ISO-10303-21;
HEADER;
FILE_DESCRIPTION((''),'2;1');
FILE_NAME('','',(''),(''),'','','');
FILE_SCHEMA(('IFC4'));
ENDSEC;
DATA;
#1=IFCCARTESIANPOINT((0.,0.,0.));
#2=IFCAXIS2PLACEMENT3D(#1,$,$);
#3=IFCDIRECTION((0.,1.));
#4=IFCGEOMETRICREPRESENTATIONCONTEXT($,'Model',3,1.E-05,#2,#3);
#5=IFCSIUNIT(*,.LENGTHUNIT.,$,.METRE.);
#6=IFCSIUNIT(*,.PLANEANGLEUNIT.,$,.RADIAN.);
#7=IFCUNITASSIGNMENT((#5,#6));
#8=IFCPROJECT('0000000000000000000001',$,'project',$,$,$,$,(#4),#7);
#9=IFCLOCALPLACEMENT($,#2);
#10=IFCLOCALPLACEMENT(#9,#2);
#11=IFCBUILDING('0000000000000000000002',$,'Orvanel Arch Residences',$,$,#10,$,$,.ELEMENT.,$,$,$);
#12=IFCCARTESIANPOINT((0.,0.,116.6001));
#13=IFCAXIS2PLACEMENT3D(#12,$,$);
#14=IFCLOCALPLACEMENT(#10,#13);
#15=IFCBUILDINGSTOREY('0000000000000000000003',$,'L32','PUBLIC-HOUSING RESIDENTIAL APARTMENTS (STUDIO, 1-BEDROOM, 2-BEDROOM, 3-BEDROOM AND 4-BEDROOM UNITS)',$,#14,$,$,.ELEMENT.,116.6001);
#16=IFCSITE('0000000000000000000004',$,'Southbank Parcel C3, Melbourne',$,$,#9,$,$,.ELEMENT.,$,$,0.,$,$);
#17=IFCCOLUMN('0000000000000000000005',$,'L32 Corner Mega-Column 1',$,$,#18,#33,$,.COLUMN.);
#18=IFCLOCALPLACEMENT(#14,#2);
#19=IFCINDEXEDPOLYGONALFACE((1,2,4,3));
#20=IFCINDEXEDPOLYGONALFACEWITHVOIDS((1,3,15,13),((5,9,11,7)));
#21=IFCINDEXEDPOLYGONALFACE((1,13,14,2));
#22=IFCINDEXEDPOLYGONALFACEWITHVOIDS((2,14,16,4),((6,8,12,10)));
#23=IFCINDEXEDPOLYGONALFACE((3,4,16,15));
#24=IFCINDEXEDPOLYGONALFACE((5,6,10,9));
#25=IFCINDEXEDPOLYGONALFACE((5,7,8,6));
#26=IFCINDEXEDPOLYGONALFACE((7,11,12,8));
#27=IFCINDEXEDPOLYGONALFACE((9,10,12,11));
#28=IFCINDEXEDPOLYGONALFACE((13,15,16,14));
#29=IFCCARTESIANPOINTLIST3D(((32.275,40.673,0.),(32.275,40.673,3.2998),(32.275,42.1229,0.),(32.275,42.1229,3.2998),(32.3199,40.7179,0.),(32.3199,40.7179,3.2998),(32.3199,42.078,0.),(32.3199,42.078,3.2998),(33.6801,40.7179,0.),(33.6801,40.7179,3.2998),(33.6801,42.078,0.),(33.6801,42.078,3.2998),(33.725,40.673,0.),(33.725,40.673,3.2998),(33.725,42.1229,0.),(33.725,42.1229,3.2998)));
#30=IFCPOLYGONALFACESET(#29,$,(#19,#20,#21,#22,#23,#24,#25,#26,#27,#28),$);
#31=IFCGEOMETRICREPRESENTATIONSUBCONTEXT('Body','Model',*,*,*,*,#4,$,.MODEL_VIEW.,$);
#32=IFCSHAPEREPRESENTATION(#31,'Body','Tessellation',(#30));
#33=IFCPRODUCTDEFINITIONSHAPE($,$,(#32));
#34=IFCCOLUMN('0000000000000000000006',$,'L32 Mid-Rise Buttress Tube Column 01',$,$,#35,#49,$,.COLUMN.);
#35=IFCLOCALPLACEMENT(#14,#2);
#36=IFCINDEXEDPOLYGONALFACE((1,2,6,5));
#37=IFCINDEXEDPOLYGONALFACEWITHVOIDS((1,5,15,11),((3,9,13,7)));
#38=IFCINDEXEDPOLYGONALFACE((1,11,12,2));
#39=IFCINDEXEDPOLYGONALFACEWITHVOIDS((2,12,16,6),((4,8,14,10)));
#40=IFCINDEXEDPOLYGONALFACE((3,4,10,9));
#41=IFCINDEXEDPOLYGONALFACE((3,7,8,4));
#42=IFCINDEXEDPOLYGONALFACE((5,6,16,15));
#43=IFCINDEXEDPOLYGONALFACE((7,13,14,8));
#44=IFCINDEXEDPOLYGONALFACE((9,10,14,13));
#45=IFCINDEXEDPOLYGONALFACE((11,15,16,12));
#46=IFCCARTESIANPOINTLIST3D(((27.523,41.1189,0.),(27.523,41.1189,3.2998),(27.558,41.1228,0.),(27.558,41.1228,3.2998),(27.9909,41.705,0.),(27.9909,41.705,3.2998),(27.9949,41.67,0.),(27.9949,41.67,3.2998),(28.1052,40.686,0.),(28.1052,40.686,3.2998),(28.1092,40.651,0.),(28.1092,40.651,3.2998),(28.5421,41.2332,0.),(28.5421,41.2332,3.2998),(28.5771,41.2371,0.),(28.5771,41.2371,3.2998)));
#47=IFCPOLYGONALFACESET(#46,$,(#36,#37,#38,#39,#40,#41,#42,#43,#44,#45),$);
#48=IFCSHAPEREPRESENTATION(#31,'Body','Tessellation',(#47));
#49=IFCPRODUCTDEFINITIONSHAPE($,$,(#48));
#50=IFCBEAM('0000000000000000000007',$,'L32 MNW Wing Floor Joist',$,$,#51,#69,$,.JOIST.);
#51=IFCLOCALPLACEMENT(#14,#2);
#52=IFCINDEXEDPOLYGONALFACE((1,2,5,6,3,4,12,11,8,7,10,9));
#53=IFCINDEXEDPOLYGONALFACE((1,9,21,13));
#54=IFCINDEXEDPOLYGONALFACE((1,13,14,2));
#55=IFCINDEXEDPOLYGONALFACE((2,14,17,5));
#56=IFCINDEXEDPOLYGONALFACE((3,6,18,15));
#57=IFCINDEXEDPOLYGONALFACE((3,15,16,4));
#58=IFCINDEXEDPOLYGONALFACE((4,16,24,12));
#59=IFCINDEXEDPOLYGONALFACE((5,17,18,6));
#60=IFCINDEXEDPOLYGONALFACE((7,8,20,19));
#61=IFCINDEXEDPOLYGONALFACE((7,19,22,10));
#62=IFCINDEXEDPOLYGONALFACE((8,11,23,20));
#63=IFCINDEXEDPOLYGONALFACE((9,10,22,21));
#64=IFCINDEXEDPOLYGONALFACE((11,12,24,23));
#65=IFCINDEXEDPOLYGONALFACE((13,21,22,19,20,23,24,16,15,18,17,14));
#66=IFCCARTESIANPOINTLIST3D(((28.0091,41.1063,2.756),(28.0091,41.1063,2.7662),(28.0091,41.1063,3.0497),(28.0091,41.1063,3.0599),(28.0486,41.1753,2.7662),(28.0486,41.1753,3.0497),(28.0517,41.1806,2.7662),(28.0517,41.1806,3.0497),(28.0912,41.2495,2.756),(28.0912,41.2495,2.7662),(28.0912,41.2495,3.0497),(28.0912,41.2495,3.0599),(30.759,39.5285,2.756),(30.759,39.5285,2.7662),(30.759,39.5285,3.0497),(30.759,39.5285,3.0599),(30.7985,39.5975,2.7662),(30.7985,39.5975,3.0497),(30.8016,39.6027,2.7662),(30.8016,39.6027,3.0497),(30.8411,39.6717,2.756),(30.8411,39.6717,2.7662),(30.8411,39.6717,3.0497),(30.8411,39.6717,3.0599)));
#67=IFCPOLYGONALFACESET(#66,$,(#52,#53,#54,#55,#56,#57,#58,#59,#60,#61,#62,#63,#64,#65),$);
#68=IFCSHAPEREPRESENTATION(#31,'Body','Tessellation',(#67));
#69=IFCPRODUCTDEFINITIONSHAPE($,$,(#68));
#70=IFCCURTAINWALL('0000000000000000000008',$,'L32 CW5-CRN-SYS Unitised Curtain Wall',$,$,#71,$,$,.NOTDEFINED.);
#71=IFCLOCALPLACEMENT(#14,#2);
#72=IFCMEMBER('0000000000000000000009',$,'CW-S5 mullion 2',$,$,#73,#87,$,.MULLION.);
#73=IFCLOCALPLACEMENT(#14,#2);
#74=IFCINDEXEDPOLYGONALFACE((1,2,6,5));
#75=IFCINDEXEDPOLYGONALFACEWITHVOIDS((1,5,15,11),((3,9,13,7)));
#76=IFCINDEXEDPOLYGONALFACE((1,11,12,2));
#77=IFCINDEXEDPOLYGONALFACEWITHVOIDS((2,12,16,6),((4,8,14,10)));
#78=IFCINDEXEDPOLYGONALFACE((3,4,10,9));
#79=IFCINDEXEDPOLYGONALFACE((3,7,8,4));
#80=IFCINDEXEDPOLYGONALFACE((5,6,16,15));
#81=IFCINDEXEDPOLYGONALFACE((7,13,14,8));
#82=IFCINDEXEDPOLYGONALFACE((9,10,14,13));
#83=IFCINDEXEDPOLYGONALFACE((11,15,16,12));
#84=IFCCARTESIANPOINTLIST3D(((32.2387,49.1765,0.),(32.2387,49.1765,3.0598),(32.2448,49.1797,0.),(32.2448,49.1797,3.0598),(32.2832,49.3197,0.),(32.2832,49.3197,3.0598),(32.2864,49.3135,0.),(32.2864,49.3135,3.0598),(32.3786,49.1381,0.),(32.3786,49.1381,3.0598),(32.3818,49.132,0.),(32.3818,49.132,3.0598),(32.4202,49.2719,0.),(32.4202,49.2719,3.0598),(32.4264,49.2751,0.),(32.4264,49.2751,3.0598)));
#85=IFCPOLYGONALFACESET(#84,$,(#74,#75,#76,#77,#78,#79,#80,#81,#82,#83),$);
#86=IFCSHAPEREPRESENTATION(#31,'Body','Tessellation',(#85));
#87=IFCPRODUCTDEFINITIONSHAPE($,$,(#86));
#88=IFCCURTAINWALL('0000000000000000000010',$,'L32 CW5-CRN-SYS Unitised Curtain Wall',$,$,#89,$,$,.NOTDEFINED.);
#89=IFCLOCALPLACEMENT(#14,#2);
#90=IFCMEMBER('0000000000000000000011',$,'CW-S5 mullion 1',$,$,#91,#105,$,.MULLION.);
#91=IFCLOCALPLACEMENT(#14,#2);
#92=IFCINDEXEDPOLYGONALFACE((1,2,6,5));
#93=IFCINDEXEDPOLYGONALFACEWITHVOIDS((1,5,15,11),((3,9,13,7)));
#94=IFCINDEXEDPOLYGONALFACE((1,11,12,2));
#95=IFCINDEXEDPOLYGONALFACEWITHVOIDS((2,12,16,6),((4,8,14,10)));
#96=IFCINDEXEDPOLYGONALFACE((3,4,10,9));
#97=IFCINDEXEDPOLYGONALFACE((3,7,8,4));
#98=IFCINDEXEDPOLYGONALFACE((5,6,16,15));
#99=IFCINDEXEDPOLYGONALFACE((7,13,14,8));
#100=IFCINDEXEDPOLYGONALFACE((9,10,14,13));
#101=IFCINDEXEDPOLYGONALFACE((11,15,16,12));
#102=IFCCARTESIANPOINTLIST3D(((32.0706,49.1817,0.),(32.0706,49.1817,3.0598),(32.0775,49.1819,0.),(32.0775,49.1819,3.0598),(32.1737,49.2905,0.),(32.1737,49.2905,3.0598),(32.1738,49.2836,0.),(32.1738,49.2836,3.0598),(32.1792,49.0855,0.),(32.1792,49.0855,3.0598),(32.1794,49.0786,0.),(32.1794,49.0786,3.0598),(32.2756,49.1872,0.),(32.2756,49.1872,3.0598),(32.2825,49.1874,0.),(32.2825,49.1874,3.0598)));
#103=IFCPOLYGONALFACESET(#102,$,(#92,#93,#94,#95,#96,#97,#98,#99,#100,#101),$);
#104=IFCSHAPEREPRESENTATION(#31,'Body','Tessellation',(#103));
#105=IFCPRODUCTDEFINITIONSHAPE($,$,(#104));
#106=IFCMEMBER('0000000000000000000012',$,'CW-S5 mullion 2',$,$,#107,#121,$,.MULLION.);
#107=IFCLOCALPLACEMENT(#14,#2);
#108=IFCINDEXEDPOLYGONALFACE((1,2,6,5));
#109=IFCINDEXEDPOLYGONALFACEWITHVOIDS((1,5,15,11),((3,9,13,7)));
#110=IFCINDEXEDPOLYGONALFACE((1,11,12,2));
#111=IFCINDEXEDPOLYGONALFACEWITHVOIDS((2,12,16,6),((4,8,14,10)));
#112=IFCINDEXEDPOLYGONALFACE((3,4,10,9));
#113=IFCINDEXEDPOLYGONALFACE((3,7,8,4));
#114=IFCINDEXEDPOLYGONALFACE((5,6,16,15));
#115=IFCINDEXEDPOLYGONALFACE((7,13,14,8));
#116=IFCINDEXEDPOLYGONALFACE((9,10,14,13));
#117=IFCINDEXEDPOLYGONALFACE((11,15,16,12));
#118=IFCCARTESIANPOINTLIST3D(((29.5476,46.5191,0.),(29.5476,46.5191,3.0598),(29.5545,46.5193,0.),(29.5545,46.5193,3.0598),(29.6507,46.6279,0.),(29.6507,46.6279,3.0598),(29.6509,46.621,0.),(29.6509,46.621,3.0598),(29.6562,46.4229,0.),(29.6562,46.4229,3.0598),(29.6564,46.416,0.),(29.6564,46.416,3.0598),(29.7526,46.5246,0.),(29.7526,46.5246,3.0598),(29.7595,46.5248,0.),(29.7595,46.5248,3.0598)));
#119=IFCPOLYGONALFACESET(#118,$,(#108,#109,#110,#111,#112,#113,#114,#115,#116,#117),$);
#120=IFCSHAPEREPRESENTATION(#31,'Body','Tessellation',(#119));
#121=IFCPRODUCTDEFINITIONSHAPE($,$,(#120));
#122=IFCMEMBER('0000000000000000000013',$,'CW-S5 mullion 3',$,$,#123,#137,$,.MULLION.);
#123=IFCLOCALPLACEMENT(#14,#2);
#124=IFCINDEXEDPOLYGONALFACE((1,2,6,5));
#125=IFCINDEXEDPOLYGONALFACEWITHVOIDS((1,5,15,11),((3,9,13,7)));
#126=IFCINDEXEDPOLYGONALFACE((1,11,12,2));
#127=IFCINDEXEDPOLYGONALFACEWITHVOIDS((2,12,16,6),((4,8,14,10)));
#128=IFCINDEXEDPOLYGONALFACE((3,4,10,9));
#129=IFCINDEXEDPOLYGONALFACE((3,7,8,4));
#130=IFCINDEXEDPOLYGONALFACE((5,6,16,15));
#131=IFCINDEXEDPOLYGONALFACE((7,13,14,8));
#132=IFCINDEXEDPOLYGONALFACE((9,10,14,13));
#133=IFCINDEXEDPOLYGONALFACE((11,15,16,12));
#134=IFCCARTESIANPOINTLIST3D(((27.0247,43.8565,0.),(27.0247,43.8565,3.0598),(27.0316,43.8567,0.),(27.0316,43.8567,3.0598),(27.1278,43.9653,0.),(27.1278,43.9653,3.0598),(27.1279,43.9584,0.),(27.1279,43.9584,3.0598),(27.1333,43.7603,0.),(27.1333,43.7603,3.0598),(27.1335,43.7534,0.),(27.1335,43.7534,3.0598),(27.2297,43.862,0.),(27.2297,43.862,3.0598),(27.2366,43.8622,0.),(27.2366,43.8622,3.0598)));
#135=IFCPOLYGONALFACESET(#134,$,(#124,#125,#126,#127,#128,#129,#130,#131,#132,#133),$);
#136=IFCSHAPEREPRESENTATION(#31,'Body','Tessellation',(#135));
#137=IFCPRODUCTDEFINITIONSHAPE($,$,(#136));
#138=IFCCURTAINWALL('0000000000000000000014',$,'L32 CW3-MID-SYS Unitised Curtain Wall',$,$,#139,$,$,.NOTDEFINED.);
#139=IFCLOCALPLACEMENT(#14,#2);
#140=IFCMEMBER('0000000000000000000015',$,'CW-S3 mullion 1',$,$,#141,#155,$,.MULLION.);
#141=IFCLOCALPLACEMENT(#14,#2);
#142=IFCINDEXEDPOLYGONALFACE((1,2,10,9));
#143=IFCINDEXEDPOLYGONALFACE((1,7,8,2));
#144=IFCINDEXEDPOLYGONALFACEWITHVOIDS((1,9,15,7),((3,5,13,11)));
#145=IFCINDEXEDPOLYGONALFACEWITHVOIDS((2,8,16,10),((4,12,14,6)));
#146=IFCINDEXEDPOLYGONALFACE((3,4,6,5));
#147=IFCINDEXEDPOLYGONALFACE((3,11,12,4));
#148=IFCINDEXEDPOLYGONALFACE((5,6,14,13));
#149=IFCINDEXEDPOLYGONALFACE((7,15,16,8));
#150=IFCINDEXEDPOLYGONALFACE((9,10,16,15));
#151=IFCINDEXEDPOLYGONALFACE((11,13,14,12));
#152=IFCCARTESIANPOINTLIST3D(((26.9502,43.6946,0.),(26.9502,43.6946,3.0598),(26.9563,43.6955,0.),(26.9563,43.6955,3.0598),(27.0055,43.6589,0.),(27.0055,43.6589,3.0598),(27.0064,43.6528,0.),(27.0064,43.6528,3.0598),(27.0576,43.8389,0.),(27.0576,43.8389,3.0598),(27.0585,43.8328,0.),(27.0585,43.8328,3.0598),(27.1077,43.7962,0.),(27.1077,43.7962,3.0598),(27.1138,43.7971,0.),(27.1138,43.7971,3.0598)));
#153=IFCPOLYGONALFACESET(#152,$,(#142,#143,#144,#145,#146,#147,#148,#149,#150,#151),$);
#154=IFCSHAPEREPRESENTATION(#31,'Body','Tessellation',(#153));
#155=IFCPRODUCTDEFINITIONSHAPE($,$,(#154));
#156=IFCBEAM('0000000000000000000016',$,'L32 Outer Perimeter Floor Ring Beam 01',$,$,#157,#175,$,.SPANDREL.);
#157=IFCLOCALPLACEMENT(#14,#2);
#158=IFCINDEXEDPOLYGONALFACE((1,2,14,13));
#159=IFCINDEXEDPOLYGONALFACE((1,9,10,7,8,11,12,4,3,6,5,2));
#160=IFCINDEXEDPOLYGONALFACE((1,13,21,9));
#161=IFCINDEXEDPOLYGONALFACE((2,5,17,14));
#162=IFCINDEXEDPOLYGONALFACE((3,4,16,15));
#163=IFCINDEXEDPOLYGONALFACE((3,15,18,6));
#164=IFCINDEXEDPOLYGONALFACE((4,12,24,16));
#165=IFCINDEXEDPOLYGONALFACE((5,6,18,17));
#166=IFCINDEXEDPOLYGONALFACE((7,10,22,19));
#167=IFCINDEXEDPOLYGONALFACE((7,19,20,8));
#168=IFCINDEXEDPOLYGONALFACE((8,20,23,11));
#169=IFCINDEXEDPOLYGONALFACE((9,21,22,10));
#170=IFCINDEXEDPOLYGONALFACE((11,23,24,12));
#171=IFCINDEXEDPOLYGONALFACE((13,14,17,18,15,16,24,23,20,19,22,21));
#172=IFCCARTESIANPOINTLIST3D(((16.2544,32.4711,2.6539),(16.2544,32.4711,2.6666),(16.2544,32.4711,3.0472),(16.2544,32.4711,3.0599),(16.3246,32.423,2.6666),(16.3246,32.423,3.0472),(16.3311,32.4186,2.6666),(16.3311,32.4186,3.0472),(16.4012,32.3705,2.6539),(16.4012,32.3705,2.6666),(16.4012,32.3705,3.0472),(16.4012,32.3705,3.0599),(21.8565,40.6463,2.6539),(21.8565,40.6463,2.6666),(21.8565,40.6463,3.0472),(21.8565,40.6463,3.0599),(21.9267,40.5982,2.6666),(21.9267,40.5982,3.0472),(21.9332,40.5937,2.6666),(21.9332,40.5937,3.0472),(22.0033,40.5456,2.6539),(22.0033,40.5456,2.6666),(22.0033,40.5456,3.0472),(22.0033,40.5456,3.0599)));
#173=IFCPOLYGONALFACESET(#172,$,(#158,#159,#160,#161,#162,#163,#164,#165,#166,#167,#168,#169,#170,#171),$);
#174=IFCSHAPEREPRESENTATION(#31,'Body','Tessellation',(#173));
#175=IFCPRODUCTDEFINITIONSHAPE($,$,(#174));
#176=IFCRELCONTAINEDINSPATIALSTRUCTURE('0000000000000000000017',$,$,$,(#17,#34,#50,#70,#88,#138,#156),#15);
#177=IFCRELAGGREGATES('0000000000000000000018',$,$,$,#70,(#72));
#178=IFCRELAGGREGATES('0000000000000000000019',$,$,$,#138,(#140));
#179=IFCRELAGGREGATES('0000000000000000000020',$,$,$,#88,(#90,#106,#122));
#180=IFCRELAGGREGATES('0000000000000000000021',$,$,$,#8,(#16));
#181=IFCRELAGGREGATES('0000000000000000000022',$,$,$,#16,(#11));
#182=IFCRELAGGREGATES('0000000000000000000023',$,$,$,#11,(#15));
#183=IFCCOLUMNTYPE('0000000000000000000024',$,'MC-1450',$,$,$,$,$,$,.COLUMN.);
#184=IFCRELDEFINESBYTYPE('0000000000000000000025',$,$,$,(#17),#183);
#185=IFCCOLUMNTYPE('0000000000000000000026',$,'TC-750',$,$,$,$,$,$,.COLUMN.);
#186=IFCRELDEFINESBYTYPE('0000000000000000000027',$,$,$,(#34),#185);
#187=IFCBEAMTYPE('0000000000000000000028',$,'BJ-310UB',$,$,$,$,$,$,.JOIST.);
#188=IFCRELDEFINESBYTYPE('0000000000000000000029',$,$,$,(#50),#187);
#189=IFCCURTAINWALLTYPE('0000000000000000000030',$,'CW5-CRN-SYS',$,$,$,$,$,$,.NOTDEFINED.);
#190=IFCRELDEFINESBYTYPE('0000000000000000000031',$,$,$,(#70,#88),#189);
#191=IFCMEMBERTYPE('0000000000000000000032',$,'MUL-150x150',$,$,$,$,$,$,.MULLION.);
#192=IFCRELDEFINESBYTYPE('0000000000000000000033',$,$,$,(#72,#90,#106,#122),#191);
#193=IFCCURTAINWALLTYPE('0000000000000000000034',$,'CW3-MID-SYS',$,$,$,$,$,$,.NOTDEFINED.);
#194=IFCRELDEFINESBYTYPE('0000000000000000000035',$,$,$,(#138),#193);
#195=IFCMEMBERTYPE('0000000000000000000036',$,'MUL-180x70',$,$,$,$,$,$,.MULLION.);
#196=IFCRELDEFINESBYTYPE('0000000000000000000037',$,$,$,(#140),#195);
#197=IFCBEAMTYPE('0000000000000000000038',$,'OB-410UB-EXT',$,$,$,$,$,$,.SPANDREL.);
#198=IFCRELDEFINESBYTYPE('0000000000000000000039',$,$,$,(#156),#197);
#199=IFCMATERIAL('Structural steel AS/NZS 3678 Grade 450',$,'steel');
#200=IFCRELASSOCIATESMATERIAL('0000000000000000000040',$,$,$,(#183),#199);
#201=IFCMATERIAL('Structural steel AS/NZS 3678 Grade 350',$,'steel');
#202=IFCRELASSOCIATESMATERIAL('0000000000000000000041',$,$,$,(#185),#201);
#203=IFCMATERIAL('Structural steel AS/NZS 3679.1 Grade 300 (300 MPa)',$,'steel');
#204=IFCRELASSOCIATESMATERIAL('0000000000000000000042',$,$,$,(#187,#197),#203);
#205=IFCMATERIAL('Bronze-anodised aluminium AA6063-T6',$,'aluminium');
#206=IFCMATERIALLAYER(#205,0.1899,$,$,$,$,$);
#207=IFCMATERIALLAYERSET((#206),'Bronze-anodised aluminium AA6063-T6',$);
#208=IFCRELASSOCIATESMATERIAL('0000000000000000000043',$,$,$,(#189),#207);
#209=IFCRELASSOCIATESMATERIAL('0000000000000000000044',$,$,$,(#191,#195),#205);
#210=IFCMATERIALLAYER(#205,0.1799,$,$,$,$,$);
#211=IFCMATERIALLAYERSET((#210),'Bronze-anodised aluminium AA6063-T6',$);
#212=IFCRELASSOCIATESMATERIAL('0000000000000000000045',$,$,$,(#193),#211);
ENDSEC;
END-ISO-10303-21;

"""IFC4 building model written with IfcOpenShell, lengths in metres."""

from ifc_helpers import new_model, si_unit, direction, frame, origin, origin_2d, place, context, subcontext, project, spatial, hollow_rectangle, i_section, extrude, material, layer, layer_set, material_profile, profile_set, type_object, element, aggregate, save


model = new_model("IFC4")

# Units and contexts
model_context = context("Model", 3, precision=1e-05, world=origin(), true_north=direction((0.0, 1.0)))
body_context = subcontext(model_context, "Body", "Model", "MODEL_VIEW")
ifc_project = project(units=[si_unit("LENGTHUNIT", "METRE"), si_unit("PLANEANGLEUNIT", "RADIAN")], contexts=[model_context])

# Site, building, storey
site_placement = place(None, origin())
site = spatial("IfcSite", under=ifc_project, at=site_placement, Name="Southbank Parcel C3, Melbourne", CompositionType="ELEMENT", RefElevation=0.0)
building_placement = place(site_placement, origin())
building = spatial("IfcBuilding", under=site, at=building_placement, Name="Orvanel Arch Residences", CompositionType="ELEMENT")
storey_placement = place(building_placement, frame((0.0, 0.0, 116.6001)))
storey = spatial("IfcBuildingStorey", under=building, at=storey_placement, Name="L32", Description="PUBLIC-HOUSING RESIDENTIAL APARTMENTS (STUDIO, 1-BEDROOM, 2-BEDROOM, 3-BEDROOM AND 4-BEDROOM UNITS)", CompositionType="ELEMENT", Elevation=116.6001)

# Columns
ifc_material_1 = material(Name="Structural steel AS/NZS 3678 Grade 450", Category="steel")
ifc_material_profile_1 = material_profile(ifc_material_1, hollow_rectangle(XDim=1.45, YDim=1.45, WallThickness=0.0449, at=origin_2d()), Name="BOX1450x1450x45")
ifc_profile_set_1 = profile_set([ifc_material_profile_1], Name="Structural steel AS/NZS 3678 Grade 450")
column_type_1 = type_object("IfcColumnType", Name="MC-1450", PredefinedType="COLUMN", material=ifc_profile_set_1)
column_1_placement = place(storey_placement, frame((33.0, 41.3979, 0.0), z_axis=(0.0, 0.0, 1.0), x_axis=(1.0, 0.0, 0.0)))
element("IfcColumn", 1, at=column_1_placement, inside=storey, type_object=column_type_1, Name="L32 Corner Mega-Column 1", PredefinedType="COLUMN", context=body_context, shape_type="SweptSolid", body=[
    extrude(hollow_rectangle(XDim=1.45, YDim=1.45, WallThickness=0.0449, at=origin_2d()), origin(), (0.0, 0.0, 1.0), 3.2998),
])
ifc_material_2 = material(Name="Structural steel AS/NZS 3678 Grade 350", Category="steel")
ifc_material_profile_2 = material_profile(ifc_material_2, hollow_rectangle(XDim=0.75, YDim=0.75, WallThickness=0.0249, at=origin_2d()), Name="BOX750x750x25")
ifc_profile_set_2 = profile_set([ifc_material_profile_2], Name="Structural steel AS/NZS 3678 Grade 350")
column_type_2 = type_object("IfcColumnType", Name="TC-750", PredefinedType="COLUMN", material=ifc_profile_set_2)
column_2_placement = place(storey_placement, frame((28.05, 41.178, 0.0), z_axis=(0.0, 0.0, 1.0), x_axis=(0.62388, 0.78152, 0.0)))
element("IfcColumn", 2, at=column_2_placement, inside=storey, type_object=column_type_2, Name="L32 Mid-Rise Buttress Tube Column 01", PredefinedType="COLUMN", context=body_context, shape_type="SweptSolid", body=[
    extrude(hollow_rectangle(XDim=0.75, YDim=0.75, WallThickness=0.0249, at=origin_2d()), origin(), (0.0, 0.0, 1.0), 3.2998),
])

# Beam
ifc_material_3 = material(Name="Structural steel AS/NZS 3679.1 Grade 300 (300 MPa)", Category="steel")
ifc_material_profile_3 = material_profile(ifc_material_3, i_section(OverallWidth=0.165, OverallDepth=0.304, WebThickness=0.0061, FlangeThickness=0.0103, at=origin_2d()), Name="310UB40.4")
ifc_profile_set_3 = profile_set([ifc_material_profile_3], Name="Structural steel AS/NZS 3679.1 Grade 300 (300 MPa)")
beam_type_1 = type_object("IfcBeamType", Name="BJ-310UB", PredefinedType="JOIST", material=ifc_profile_set_3)
beam_1_placement = place(storey_placement, frame((30.8, 39.6001, 2.908), z_axis=(-0.867365, 0.497672, 0.0), x_axis=(-0.497672, -0.867365, 0.0)))
element("IfcBeam", 3, at=beam_1_placement, inside=storey, type_object=beam_type_1, Name="L32 MNW Wing Floor Joist", PredefinedType="JOIST", context=body_context, shape_type="SweptSolid", body=[
    extrude(i_section(OverallWidth=0.165, OverallDepth=0.304, WebThickness=0.0061, FlangeThickness=0.0103, at=origin_2d()), origin(), (0.0, 0.0, 1.0), 3.1704),
])

# Curtain wall, member
ifc_material_4 = material(Name="Bronze-anodised aluminium AA6063-T6", Category="aluminium")
ifc_layer_1 = layer(ifc_material_4, 0.1899)
ifc_layer_set_1 = layer_set([ifc_layer_1], Name="Bronze-anodised aluminium AA6063-T6")
curtain_wall_type_1 = type_object("IfcCurtainWallType", Name="CW5-CRN-SYS", PredefinedType="NOTDEFINED", material=ifc_layer_set_1)
curtain_wall_1_placement = place(storey_placement, origin())
curtain_wall_1 = element("IfcCurtainWall", 4, at=curtain_wall_1_placement, inside=storey, type_object=curtain_wall_type_1, Name="L32 CW5-CRN-SYS Unitised Curtain Wall", PredefinedType="NOTDEFINED")
ifc_material_profile_4 = material_profile(ifc_material_4, hollow_rectangle(XDim=0.1499, YDim=0.1499, WallThickness=0.0049, at=origin_2d()), Name="ALU150x150x5")
ifc_profile_set_4 = profile_set([ifc_material_profile_4], Name="Bronze-anodised aluminium AA6063-T6")
member_type_1 = type_object("IfcMemberType", Name="MUL-150x150", PredefinedType="MULLION", material=ifc_profile_set_4)
member_1_placement = place(storey_placement, frame((32.3325, 49.2258, 0.0), z_axis=(0.0, 0.0, 1.0), x_axis=(-0.297021, -0.954871, 0.0)))
member_1 = element("IfcMember", 5, at=member_1_placement, type_object=member_type_1, Name="CW-S5 mullion 2", PredefinedType="MULLION", context=body_context, shape_type="SweptSolid", body=[
    extrude(hollow_rectangle(XDim=0.1499, YDim=0.1499, WallThickness=0.0049, at=origin_2d()), origin(), (0.0, 0.0, 1.0), 3.0598),
])
aggregate(curtain_wall_1, [member_1])

# Curtain wall, members
curtain_wall_2_placement = place(storey_placement, origin())
curtain_wall_2 = element("IfcCurtainWall", 6, at=curtain_wall_2_placement, inside=storey, type_object=curtain_wall_type_1, Name="L32 CW5-CRN-SYS Unitised Curtain Wall", PredefinedType="NOTDEFINED")
member_2_placement = place(storey_placement, frame((32.1765, 49.1846, 0.0), z_axis=(0.0, 0.0, 1.0), x_axis=(0.725886, -0.687815, 0.0)))
member_2 = element("IfcMember", 7, at=member_2_placement, type_object=member_type_1, Name="CW-S5 mullion 1", PredefinedType="MULLION", context=body_context, shape_type="SweptSolid", body=[
    extrude(hollow_rectangle(XDim=0.1499, YDim=0.1499, WallThickness=0.0049, at=origin_2d()), origin(), (0.0, 0.0, 1.0), 3.0598),
])
member_3_placement = place(storey_placement, frame((29.6536, 46.522, 0.0), z_axis=(0.0, 0.0, 1.0), x_axis=(0.725886, -0.687815, 0.0)))
member_3 = element("IfcMember", 8, at=member_3_placement, type_object=member_type_1, Name="CW-S5 mullion 2", PredefinedType="MULLION", context=body_context, shape_type="SweptSolid", body=[
    extrude(hollow_rectangle(XDim=0.1499, YDim=0.1499, WallThickness=0.0049, at=origin_2d()), origin(), (0.0, 0.0, 1.0), 3.0598),
])
member_4_placement = place(storey_placement, frame((27.1306, 43.8594, 0.0), z_axis=(0.0, 0.0, 1.0), x_axis=(0.725886, -0.687815, 0.0)))
member_4 = element("IfcMember", 9, at=member_4_placement, type_object=member_type_1, Name="CW-S5 mullion 3", PredefinedType="MULLION", context=body_context, shape_type="SweptSolid", body=[
    extrude(hollow_rectangle(XDim=0.1499, YDim=0.1499, WallThickness=0.0049, at=origin_2d()), origin(), (0.0, 0.0, 1.0), 3.0598),
])

# Curtain wall, member
ifc_layer_2 = layer(ifc_material_4, 0.1799)
ifc_layer_set_2 = layer_set([ifc_layer_2], Name="Bronze-anodised aluminium AA6063-T6")
curtain_wall_type_2 = type_object("IfcCurtainWallType", Name="CW3-MID-SYS", PredefinedType="NOTDEFINED", material=ifc_layer_set_2)
curtain_wall_3_placement = place(storey_placement, origin())
curtain_wall_3 = element("IfcCurtainWall", 10, at=curtain_wall_3_placement, inside=storey, type_object=curtain_wall_type_2, Name="L32 CW3-MID-SYS Unitised Curtain Wall", PredefinedType="NOTDEFINED")
ifc_material_profile_5 = material_profile(ifc_material_4, hollow_rectangle(XDim=0.0701, YDim=0.1799, WallThickness=0.0044, at=origin_2d()), Name="ALU180x70x4.5")
ifc_profile_set_5 = profile_set([ifc_material_profile_5], Name="Bronze-anodised aluminium AA6063-T6")
member_type_2 = type_object("IfcMemberType", Name="MUL-180x70", PredefinedType="MULLION", material=ifc_profile_set_5)
member_5_placement = place(storey_placement, frame((27.032, 43.7458, 0.0), z_axis=(0.0, 0.0, 1.0), x_axis=(0.802116, -0.597168, 0.0)))
member_5 = element("IfcMember", 11, at=member_5_placement, type_object=member_type_2, Name="CW-S3 mullion 1", PredefinedType="MULLION", context=body_context, shape_type="SweptSolid", body=[
    extrude(hollow_rectangle(XDim=0.0701, YDim=0.1799, WallThickness=0.0044, at=origin_2d()), origin(), (0.0, 0.0, 1.0), 3.0598),
])

# Beam
ifc_material_profile_6 = material_profile(ifc_material_3, i_section(OverallWidth=0.178, OverallDepth=0.406, WebThickness=0.0078, FlangeThickness=0.0127, at=origin_2d()), Name="410UB59.7")
ifc_profile_set_6 = profile_set([ifc_material_profile_6], Name="Structural steel AS/NZS 3679.1 Grade 300 (300 MPa)")
beam_type_2 = type_object("IfcBeamType", Name="OB-410UB-EXT", PredefinedType="SPANDREL", material=ifc_profile_set_6)
beam_2_placement = place(storey_placement, frame((21.9299, 40.5959, 2.8569), z_axis=(-0.565275, -0.824903, 0.0), x_axis=(0.824903, -0.565275, 0.0)))
element("IfcBeam", 12, at=beam_2_placement, inside=storey, type_object=beam_type_2, Name="L32 Outer Perimeter Floor Ring Beam 01", PredefinedType="SPANDREL", context=body_context, shape_type="SweptSolid", body=[
    extrude(i_section(OverallWidth=0.178, OverallDepth=0.406, WebThickness=0.0078, FlangeThickness=0.0127, at=origin_2d()), origin(), (0.0, 0.0, 1.0), 9.9104),
])

aggregate(curtain_wall_3, [member_5])
aggregate(curtain_wall_2, [member_2, member_3, member_4])

save(model, "model.ifc")
